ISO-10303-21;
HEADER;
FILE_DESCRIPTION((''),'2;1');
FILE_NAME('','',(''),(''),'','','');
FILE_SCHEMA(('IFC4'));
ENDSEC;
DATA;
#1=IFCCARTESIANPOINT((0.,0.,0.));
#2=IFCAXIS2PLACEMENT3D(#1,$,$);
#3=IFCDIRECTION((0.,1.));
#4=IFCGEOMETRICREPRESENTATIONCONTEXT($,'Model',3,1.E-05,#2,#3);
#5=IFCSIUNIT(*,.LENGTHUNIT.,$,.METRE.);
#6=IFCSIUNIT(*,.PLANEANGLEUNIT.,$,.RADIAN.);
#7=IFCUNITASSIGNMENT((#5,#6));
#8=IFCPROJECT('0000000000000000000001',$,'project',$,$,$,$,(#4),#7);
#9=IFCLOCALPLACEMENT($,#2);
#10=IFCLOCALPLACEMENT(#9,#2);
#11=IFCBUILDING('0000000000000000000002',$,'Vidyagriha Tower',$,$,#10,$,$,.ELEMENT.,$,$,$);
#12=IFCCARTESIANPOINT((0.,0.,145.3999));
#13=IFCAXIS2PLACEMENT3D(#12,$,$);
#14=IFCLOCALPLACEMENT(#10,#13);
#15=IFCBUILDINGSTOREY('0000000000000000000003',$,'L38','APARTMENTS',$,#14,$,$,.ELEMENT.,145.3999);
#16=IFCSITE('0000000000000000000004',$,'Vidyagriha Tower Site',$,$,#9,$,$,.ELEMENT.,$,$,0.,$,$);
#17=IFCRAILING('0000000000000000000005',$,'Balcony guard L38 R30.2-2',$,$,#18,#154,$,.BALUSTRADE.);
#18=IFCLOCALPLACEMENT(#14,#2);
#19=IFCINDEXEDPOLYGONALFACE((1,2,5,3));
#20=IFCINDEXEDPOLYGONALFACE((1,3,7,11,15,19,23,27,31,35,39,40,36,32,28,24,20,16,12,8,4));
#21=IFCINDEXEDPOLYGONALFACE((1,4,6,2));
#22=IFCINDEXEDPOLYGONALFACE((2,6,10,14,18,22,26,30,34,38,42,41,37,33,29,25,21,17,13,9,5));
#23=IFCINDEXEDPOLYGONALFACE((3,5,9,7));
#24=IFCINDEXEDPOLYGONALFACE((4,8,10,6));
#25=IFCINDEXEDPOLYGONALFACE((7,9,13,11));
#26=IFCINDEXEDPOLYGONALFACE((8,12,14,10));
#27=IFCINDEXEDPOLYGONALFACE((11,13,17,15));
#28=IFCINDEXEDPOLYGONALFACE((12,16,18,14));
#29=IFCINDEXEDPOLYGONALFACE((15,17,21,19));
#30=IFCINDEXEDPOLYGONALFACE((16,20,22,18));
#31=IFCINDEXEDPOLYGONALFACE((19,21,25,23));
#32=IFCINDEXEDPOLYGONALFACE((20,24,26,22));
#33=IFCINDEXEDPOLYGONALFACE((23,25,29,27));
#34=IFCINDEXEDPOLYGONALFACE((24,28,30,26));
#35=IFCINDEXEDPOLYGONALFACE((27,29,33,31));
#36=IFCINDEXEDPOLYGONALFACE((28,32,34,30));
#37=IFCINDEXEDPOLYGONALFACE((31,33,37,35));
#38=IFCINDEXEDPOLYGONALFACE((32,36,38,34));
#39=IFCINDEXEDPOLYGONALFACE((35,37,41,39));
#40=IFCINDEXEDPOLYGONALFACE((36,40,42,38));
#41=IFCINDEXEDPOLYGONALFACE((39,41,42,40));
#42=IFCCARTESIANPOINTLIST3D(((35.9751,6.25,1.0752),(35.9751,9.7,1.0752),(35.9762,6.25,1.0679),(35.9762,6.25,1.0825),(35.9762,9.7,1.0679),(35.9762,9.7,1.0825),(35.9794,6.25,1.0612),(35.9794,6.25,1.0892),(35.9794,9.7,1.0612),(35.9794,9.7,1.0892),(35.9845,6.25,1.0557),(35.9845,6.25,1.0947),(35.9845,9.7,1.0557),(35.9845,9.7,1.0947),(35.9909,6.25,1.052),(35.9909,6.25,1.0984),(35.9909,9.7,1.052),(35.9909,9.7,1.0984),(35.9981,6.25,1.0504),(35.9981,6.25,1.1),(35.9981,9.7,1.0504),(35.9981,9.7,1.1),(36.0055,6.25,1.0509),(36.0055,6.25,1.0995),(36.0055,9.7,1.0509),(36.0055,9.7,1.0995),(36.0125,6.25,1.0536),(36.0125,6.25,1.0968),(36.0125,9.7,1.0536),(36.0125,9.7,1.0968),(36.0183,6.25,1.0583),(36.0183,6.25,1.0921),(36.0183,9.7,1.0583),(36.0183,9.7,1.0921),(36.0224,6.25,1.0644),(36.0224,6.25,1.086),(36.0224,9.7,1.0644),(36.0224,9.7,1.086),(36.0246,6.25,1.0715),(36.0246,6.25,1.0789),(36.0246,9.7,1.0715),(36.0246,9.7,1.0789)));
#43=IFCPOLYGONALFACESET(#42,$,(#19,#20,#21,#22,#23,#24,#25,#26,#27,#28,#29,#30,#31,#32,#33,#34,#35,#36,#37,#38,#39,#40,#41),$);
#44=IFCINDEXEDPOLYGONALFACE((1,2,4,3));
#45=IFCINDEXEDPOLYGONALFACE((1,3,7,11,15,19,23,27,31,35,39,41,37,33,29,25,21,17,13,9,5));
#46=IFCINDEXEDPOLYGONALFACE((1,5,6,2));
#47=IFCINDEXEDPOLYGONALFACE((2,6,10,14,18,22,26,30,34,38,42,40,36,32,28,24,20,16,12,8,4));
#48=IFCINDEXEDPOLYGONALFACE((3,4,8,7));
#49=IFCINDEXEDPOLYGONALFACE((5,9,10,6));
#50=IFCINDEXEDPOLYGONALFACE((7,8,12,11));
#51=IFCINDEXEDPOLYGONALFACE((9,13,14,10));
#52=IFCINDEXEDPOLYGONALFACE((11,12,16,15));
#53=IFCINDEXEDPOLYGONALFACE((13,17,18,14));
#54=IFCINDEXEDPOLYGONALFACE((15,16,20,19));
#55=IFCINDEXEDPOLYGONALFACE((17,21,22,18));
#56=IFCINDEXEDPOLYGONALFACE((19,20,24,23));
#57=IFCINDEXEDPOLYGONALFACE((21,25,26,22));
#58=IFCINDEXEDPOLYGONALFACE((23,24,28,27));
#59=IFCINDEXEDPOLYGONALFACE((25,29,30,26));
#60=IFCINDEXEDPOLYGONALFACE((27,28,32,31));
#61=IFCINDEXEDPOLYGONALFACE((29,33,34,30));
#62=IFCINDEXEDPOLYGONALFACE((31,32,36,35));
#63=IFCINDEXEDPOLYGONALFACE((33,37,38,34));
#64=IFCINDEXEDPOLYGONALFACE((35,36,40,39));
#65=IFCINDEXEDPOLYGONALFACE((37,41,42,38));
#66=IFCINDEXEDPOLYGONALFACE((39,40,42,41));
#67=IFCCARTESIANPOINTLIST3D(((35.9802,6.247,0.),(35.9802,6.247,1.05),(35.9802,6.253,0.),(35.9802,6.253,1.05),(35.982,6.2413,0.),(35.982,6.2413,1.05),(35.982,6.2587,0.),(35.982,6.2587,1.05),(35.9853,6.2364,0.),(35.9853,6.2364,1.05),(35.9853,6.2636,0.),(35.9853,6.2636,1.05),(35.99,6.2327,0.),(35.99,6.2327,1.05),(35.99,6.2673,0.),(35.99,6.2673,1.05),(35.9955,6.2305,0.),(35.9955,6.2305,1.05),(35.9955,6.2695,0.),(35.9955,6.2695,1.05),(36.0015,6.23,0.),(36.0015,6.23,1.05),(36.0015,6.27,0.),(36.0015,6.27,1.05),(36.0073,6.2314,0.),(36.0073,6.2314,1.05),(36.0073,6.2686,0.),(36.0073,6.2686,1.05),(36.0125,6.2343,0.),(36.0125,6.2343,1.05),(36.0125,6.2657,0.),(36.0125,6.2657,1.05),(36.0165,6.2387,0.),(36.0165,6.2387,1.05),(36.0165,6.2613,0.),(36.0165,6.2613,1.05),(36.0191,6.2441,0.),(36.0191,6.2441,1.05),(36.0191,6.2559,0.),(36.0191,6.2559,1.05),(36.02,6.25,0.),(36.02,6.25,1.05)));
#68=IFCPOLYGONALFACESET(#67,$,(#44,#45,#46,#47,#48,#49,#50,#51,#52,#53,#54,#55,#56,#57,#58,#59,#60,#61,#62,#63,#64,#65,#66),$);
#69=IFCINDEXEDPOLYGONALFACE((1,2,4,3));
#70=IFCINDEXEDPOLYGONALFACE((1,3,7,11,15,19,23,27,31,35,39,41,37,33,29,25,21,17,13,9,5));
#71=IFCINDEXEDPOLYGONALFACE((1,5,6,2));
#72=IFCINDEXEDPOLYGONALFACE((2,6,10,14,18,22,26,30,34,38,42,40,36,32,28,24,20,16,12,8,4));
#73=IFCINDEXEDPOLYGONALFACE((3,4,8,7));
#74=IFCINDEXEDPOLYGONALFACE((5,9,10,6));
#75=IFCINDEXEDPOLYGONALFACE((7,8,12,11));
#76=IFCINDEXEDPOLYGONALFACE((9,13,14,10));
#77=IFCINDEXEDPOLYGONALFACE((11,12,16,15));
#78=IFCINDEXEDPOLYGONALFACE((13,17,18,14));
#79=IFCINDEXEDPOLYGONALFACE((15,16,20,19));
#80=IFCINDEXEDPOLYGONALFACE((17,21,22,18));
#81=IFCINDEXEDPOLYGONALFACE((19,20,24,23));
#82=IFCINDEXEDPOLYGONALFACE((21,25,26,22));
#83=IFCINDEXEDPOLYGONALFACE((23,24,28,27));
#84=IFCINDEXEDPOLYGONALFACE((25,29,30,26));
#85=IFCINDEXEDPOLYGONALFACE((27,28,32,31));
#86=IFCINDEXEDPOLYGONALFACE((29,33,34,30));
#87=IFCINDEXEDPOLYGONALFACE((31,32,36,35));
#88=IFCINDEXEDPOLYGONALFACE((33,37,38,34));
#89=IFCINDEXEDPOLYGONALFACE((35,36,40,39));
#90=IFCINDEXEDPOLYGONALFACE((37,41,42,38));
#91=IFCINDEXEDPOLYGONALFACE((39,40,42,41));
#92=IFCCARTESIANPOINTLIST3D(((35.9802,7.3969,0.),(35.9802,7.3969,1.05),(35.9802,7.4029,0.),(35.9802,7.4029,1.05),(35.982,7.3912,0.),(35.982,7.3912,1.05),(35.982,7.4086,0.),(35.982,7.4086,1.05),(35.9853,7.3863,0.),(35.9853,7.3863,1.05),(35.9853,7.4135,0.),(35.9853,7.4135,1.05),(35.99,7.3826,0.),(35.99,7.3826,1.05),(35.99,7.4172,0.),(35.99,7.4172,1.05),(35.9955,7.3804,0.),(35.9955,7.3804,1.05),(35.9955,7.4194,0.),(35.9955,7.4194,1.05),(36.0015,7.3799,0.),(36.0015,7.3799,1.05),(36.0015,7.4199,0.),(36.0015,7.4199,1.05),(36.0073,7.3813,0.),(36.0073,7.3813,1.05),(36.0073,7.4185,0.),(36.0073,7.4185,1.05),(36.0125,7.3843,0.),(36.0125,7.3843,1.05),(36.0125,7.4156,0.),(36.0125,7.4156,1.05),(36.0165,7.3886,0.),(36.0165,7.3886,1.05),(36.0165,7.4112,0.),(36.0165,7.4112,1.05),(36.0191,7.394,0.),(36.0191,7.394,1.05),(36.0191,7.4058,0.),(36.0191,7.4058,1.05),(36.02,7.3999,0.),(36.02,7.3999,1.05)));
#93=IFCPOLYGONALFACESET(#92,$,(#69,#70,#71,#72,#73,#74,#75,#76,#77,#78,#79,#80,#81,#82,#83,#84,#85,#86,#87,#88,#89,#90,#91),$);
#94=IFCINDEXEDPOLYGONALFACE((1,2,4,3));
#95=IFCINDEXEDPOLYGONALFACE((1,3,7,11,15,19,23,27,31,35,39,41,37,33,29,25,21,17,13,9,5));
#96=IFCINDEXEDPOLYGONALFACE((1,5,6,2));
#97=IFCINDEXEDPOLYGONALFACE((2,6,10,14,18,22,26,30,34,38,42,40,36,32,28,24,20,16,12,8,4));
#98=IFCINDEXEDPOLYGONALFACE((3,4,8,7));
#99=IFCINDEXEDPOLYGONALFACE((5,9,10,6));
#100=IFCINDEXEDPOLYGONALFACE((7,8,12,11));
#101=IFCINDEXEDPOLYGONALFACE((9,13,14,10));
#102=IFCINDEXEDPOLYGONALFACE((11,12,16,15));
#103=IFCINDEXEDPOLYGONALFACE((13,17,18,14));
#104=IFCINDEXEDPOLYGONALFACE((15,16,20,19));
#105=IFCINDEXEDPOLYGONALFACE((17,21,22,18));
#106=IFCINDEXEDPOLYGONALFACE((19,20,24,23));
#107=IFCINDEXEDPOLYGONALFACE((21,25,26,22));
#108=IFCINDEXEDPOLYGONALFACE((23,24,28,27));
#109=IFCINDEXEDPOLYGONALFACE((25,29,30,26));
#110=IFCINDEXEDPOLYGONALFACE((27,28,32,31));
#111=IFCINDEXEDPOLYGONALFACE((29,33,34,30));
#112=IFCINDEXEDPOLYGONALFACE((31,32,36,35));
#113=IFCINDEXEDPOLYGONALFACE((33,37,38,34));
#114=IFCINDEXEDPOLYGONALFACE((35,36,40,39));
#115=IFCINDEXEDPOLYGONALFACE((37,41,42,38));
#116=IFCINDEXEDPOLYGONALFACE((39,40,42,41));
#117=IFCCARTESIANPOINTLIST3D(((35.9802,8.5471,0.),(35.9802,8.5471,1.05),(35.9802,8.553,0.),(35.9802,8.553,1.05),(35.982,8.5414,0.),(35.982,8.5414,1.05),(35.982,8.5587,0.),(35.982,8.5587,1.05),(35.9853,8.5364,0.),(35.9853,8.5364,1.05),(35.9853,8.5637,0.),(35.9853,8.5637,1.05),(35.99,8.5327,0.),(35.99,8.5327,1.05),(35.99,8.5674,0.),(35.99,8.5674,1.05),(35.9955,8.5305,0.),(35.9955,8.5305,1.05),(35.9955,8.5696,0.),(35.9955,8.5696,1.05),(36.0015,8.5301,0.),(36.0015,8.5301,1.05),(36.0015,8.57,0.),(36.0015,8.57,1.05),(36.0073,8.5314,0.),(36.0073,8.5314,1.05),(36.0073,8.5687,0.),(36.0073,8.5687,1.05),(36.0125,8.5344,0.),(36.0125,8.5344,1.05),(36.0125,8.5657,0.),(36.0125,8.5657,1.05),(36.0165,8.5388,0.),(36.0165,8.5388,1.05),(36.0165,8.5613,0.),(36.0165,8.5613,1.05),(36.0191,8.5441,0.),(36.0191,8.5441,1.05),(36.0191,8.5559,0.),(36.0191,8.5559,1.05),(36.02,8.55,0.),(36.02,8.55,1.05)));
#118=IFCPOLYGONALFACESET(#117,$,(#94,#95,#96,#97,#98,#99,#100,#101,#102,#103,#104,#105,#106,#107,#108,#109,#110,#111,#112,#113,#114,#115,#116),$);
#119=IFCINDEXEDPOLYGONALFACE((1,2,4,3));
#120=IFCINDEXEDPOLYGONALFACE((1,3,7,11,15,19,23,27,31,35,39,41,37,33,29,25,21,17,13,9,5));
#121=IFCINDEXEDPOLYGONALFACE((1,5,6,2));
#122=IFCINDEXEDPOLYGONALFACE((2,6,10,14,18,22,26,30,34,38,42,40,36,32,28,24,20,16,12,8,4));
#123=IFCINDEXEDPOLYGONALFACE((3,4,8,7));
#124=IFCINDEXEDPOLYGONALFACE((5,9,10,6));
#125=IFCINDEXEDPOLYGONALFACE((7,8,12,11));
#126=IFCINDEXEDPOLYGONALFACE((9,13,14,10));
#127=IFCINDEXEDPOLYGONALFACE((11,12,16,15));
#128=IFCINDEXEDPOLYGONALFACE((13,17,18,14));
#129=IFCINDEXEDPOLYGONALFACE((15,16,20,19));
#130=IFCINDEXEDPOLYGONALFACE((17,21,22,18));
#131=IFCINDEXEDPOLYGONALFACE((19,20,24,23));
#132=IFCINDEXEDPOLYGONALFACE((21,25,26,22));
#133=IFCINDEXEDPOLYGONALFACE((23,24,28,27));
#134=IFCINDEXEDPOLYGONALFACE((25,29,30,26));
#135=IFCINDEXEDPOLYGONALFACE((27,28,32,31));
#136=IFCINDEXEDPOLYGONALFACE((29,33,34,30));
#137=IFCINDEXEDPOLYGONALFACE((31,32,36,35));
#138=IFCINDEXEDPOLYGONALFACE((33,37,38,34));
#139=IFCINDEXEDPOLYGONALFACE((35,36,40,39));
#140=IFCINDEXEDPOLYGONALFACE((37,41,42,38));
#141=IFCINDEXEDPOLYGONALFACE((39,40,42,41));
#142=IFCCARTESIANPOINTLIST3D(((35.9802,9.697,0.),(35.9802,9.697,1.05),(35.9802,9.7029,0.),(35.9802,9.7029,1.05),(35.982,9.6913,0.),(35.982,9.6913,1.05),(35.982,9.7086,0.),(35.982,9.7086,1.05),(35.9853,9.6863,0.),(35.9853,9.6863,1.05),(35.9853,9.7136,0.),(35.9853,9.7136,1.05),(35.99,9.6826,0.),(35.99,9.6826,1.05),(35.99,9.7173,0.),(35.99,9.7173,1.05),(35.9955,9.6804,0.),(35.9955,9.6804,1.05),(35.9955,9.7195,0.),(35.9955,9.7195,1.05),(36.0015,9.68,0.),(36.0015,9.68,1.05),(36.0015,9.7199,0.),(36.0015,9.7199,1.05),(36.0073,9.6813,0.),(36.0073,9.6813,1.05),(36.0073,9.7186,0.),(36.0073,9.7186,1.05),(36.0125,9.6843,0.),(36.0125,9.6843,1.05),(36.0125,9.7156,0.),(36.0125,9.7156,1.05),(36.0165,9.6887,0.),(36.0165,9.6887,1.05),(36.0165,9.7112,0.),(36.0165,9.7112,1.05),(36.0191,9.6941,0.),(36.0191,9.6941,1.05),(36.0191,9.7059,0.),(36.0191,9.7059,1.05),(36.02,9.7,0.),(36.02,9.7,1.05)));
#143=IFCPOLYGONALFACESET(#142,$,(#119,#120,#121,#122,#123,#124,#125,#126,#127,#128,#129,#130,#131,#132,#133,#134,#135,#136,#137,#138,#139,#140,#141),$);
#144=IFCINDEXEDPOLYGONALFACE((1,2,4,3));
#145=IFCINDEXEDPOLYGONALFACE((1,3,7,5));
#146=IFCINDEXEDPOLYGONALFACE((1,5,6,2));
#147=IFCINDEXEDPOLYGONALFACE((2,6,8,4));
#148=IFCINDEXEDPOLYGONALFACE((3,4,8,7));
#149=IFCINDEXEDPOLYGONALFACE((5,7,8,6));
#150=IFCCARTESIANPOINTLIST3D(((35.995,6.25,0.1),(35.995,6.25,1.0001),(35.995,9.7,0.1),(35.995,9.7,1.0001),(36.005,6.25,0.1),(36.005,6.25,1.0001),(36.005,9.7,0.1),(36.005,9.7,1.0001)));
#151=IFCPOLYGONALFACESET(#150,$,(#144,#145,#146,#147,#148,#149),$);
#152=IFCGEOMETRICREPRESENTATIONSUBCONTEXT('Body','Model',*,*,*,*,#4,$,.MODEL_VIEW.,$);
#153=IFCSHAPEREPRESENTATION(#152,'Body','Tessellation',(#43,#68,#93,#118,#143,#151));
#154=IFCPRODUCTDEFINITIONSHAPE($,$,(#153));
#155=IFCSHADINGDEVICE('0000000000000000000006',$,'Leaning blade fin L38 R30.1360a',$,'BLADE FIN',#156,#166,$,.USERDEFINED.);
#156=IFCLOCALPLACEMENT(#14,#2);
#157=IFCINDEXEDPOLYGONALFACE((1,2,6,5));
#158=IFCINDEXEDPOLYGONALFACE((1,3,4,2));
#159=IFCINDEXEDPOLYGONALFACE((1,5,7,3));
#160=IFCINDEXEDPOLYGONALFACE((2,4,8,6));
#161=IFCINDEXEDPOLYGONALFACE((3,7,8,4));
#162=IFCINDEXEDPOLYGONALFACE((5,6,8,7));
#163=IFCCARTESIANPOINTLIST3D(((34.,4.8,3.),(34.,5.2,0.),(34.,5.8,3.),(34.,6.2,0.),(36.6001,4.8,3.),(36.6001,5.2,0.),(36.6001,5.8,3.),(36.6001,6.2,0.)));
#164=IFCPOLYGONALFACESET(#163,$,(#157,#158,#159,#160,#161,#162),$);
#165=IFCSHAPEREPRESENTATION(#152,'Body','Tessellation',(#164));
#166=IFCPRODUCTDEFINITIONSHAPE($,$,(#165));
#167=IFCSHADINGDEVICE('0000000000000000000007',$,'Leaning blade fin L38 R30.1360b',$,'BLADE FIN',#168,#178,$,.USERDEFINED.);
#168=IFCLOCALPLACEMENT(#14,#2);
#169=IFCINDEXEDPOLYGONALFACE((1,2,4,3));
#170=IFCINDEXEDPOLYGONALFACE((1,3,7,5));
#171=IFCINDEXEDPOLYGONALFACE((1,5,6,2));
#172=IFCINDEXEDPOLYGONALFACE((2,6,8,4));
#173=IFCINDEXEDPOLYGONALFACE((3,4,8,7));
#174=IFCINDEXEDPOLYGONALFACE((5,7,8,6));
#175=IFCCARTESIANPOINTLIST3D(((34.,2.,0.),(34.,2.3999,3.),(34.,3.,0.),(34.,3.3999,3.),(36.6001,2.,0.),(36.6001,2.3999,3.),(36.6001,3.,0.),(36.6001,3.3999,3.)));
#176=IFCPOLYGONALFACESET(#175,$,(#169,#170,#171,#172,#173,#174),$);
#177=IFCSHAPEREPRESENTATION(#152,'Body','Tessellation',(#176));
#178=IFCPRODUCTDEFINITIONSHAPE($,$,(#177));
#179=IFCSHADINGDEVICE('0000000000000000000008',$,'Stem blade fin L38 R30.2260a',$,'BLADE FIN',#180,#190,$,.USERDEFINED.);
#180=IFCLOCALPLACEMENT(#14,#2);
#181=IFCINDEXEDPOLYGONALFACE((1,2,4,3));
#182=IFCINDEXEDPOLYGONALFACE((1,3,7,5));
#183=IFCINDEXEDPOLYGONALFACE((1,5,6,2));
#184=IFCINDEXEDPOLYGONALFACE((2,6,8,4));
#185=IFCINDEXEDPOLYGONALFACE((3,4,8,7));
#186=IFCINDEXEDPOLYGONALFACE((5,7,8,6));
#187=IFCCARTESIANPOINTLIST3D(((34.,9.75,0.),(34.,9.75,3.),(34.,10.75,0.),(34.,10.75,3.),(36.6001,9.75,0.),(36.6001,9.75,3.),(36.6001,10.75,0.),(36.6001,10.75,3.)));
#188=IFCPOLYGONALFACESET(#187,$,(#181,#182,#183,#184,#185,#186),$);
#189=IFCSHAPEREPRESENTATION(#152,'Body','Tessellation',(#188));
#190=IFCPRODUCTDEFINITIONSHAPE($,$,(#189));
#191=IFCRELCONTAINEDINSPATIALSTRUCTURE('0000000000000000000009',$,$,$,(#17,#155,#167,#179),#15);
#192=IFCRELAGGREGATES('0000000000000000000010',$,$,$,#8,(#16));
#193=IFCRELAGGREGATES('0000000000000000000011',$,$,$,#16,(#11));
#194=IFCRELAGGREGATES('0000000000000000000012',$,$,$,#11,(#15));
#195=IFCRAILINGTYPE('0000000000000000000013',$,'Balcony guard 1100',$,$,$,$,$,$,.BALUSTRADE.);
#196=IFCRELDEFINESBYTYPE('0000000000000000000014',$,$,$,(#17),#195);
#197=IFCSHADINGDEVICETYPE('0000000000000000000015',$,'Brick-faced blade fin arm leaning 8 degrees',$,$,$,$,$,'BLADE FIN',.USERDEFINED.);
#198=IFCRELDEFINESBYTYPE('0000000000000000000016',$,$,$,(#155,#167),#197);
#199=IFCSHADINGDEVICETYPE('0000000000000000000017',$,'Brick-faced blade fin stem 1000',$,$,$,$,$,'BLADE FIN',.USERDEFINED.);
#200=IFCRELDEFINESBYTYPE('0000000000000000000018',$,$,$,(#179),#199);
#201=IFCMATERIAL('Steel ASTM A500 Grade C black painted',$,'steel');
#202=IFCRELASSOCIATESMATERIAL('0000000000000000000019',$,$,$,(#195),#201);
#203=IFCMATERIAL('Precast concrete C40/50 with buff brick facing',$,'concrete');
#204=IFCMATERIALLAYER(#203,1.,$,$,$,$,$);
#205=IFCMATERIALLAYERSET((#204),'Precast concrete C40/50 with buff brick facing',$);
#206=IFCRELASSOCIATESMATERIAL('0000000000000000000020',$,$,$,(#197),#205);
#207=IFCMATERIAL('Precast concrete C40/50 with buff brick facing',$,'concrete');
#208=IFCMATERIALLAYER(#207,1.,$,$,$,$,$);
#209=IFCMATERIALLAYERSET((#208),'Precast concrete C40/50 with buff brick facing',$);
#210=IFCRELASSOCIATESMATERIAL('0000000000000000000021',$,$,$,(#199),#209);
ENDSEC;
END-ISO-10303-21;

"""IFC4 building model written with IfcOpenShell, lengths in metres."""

from ifc_helpers import new_model, si_unit, direction, frame, origin, origin_2d, place, context, subcontext, project, spatial, polyline, rectangle, circle, outline, extrude, material, layer, layer_set, type_object, element, save


model = new_model("IFC4")

# Units and contexts
model_context = context("Model", 3, precision=1e-05, world=origin(), true_north=direction((0.0, 1.0)))
body_context = subcontext(model_context, "Body", "Model", "MODEL_VIEW")
ifc_project = project(units=[si_unit("LENGTHUNIT", "METRE"), si_unit("PLANEANGLEUNIT", "RADIAN")], contexts=[model_context])

# Site, building, storey
site_placement = place(None, origin())
site = spatial("IfcSite", under=ifc_project, at=site_placement, Name="Vidyagriha Tower Site", CompositionType="ELEMENT", RefElevation=0.0)
building_placement = place(site_placement, origin())
building = spatial("IfcBuilding", under=site, at=building_placement, Name="Vidyagriha Tower", CompositionType="ELEMENT")
storey_placement = place(building_placement, frame((0.0, 0.0, 145.3999)))
storey = spatial("IfcBuildingStorey", under=building, at=storey_placement, Name="L38", Description="APARTMENTS", CompositionType="ELEMENT", Elevation=145.3999)

# Railing
ifc_material_1 = material(Name="Steel ASTM A500 Grade C black painted", Category="steel")
railing_type_1 = type_object("IfcRailingType", Name="Balcony guard 1100", PredefinedType="BALUSTRADE", material=ifc_material_1)
railing_1_placement = place(storey_placement, frame((36.0, 6.25, 0.0)))
element("IfcRailing", 1, at=railing_1_placement, inside=storey, type_object=railing_type_1, Name="Balcony guard L38 R30.2-2", PredefinedType="BALUSTRADE", context=body_context, shape_type="SweptSolid", body=[
    extrude(circle(Radius=0.0249, at=origin_2d()), frame((0.0, 0.0, 1.0752), z_axis=(0.0, 1.0, 0.0), x_axis=(-1.0, 0.0, 0.0)), (0.0, 0.0, 1.0), 3.45),
    extrude(circle(Radius=0.02, at=origin_2d()), origin(), (0.0, 0.0, 1.0), 1.05),
    extrude(circle(Radius=0.02, at=origin_2d()), frame((0.0, 1.1499, 0.0)), (0.0, 0.0, 1.0), 1.05),
    extrude(circle(Radius=0.02, at=origin_2d()), frame((0.0, 2.3, 0.0)), (0.0, 0.0, 1.0), 1.05),
    extrude(circle(Radius=0.02, at=origin_2d()), frame((0.0, 3.45, 0.0)), (0.0, 0.0, 1.0), 1.05),
    extrude(rectangle(XDim=0.01, YDim=0.9001, at=origin_2d()), frame((0.0, 0.0, 0.55), z_axis=(0.0, 1.0, 0.0), x_axis=(-1.0, 0.0, 0.0)), (0.0, 0.0, 1.0), 3.45),
])

# Shading devices
ifc_material_2 = material(Name="Precast concrete C40/50 with buff brick facing", Category="concrete")
ifc_layer_1 = layer(ifc_material_2, 1.0)
ifc_layer_set_1 = layer_set([ifc_layer_1], Name="Precast concrete C40/50 with buff brick facing")
shading_device_type_1 = type_object("IfcShadingDeviceType", Name="Brick-faced blade fin arm leaning 8 degrees", ElementType="BLADE FIN", PredefinedType="USERDEFINED", material=ifc_layer_set_1)
shading_device_1_placement = place(storey_placement, frame((35.3, 4.8, 0.0), z_axis=(0.0, 0.0, 1.0), x_axis=(0.0, 1.0, 0.0)))
element("IfcShadingDevice", 2, at=shading_device_1_placement, inside=storey, type_object=shading_device_type_1, Name="Leaning blade fin L38 R30.1360a", ObjectType="BLADE FIN", PredefinedType="USERDEFINED", context=body_context, shape_type="SweptSolid", body=[
    extrude(outline(polyline([(0.3999, 0.0), (1.3999, 0.0), (1.0, 3.0), (0.0, 3.0), (0.3999, 0.0)])), frame((0.0, 1.3, 0.0), z_axis=(0.0, -1.0, 0.0), x_axis=(1.0, 0.0, 0.0)), (0.0, 0.0, 1.0), 2.6001),
])
shading_device_2_placement = place(storey_placement, frame((35.3, 2.0, 0.0), z_axis=(0.0, 0.0, 1.0), x_axis=(0.0, 1.0, 0.0)))
element("IfcShadingDevice", 3, at=shading_device_2_placement, inside=storey, type_object=shading_device_type_1, Name="Leaning blade fin L38 R30.1360b", ObjectType="BLADE FIN", PredefinedType="USERDEFINED", context=body_context, shape_type="SweptSolid", body=[
    extrude(outline(polyline([(0.0, 0.0), (1.0, 0.0), (1.3999, 3.0), (0.3999, 3.0), (0.0, 0.0)])), frame((0.0, 1.3, 0.0), z_axis=(0.0, -1.0, 0.0), x_axis=(1.0, 0.0, 0.0)), (0.0, 0.0, 1.0), 2.6001),
])
ifc_material_3 = material(Name="Precast concrete C40/50 with buff brick facing", Category="concrete")
ifc_layer_2 = layer(ifc_material_3, 1.0)
ifc_layer_set_2 = layer_set([ifc_layer_2], Name="Precast concrete C40/50 with buff brick facing")
shading_device_type_2 = type_object("IfcShadingDeviceType", Name="Brick-faced blade fin stem 1000", ElementType="BLADE FIN", PredefinedType="USERDEFINED", material=ifc_layer_set_2)
shading_device_3_placement = place(storey_placement, frame((35.3, 9.75, 0.0), z_axis=(0.0, 0.0, 1.0), x_axis=(0.0, 1.0, 0.0)))
element("IfcShadingDevice", 4, at=shading_device_3_placement, inside=storey, type_object=shading_device_type_2, Name="Stem blade fin L38 R30.2260a", ObjectType="BLADE FIN", PredefinedType="USERDEFINED", context=body_context, shape_type="SweptSolid", body=[
    extrude(outline(polyline([(0.0, 0.0), (1.0, 0.0), (1.0, 3.0), (0.0, 3.0), (0.0, 0.0)])), frame((0.0, 1.3, 0.0), z_axis=(0.0, -1.0, 0.0), x_axis=(1.0, 0.0, 0.0)), (0.0, 0.0, 1.0), 2.6001),
])

save(model, "model.ifc")
